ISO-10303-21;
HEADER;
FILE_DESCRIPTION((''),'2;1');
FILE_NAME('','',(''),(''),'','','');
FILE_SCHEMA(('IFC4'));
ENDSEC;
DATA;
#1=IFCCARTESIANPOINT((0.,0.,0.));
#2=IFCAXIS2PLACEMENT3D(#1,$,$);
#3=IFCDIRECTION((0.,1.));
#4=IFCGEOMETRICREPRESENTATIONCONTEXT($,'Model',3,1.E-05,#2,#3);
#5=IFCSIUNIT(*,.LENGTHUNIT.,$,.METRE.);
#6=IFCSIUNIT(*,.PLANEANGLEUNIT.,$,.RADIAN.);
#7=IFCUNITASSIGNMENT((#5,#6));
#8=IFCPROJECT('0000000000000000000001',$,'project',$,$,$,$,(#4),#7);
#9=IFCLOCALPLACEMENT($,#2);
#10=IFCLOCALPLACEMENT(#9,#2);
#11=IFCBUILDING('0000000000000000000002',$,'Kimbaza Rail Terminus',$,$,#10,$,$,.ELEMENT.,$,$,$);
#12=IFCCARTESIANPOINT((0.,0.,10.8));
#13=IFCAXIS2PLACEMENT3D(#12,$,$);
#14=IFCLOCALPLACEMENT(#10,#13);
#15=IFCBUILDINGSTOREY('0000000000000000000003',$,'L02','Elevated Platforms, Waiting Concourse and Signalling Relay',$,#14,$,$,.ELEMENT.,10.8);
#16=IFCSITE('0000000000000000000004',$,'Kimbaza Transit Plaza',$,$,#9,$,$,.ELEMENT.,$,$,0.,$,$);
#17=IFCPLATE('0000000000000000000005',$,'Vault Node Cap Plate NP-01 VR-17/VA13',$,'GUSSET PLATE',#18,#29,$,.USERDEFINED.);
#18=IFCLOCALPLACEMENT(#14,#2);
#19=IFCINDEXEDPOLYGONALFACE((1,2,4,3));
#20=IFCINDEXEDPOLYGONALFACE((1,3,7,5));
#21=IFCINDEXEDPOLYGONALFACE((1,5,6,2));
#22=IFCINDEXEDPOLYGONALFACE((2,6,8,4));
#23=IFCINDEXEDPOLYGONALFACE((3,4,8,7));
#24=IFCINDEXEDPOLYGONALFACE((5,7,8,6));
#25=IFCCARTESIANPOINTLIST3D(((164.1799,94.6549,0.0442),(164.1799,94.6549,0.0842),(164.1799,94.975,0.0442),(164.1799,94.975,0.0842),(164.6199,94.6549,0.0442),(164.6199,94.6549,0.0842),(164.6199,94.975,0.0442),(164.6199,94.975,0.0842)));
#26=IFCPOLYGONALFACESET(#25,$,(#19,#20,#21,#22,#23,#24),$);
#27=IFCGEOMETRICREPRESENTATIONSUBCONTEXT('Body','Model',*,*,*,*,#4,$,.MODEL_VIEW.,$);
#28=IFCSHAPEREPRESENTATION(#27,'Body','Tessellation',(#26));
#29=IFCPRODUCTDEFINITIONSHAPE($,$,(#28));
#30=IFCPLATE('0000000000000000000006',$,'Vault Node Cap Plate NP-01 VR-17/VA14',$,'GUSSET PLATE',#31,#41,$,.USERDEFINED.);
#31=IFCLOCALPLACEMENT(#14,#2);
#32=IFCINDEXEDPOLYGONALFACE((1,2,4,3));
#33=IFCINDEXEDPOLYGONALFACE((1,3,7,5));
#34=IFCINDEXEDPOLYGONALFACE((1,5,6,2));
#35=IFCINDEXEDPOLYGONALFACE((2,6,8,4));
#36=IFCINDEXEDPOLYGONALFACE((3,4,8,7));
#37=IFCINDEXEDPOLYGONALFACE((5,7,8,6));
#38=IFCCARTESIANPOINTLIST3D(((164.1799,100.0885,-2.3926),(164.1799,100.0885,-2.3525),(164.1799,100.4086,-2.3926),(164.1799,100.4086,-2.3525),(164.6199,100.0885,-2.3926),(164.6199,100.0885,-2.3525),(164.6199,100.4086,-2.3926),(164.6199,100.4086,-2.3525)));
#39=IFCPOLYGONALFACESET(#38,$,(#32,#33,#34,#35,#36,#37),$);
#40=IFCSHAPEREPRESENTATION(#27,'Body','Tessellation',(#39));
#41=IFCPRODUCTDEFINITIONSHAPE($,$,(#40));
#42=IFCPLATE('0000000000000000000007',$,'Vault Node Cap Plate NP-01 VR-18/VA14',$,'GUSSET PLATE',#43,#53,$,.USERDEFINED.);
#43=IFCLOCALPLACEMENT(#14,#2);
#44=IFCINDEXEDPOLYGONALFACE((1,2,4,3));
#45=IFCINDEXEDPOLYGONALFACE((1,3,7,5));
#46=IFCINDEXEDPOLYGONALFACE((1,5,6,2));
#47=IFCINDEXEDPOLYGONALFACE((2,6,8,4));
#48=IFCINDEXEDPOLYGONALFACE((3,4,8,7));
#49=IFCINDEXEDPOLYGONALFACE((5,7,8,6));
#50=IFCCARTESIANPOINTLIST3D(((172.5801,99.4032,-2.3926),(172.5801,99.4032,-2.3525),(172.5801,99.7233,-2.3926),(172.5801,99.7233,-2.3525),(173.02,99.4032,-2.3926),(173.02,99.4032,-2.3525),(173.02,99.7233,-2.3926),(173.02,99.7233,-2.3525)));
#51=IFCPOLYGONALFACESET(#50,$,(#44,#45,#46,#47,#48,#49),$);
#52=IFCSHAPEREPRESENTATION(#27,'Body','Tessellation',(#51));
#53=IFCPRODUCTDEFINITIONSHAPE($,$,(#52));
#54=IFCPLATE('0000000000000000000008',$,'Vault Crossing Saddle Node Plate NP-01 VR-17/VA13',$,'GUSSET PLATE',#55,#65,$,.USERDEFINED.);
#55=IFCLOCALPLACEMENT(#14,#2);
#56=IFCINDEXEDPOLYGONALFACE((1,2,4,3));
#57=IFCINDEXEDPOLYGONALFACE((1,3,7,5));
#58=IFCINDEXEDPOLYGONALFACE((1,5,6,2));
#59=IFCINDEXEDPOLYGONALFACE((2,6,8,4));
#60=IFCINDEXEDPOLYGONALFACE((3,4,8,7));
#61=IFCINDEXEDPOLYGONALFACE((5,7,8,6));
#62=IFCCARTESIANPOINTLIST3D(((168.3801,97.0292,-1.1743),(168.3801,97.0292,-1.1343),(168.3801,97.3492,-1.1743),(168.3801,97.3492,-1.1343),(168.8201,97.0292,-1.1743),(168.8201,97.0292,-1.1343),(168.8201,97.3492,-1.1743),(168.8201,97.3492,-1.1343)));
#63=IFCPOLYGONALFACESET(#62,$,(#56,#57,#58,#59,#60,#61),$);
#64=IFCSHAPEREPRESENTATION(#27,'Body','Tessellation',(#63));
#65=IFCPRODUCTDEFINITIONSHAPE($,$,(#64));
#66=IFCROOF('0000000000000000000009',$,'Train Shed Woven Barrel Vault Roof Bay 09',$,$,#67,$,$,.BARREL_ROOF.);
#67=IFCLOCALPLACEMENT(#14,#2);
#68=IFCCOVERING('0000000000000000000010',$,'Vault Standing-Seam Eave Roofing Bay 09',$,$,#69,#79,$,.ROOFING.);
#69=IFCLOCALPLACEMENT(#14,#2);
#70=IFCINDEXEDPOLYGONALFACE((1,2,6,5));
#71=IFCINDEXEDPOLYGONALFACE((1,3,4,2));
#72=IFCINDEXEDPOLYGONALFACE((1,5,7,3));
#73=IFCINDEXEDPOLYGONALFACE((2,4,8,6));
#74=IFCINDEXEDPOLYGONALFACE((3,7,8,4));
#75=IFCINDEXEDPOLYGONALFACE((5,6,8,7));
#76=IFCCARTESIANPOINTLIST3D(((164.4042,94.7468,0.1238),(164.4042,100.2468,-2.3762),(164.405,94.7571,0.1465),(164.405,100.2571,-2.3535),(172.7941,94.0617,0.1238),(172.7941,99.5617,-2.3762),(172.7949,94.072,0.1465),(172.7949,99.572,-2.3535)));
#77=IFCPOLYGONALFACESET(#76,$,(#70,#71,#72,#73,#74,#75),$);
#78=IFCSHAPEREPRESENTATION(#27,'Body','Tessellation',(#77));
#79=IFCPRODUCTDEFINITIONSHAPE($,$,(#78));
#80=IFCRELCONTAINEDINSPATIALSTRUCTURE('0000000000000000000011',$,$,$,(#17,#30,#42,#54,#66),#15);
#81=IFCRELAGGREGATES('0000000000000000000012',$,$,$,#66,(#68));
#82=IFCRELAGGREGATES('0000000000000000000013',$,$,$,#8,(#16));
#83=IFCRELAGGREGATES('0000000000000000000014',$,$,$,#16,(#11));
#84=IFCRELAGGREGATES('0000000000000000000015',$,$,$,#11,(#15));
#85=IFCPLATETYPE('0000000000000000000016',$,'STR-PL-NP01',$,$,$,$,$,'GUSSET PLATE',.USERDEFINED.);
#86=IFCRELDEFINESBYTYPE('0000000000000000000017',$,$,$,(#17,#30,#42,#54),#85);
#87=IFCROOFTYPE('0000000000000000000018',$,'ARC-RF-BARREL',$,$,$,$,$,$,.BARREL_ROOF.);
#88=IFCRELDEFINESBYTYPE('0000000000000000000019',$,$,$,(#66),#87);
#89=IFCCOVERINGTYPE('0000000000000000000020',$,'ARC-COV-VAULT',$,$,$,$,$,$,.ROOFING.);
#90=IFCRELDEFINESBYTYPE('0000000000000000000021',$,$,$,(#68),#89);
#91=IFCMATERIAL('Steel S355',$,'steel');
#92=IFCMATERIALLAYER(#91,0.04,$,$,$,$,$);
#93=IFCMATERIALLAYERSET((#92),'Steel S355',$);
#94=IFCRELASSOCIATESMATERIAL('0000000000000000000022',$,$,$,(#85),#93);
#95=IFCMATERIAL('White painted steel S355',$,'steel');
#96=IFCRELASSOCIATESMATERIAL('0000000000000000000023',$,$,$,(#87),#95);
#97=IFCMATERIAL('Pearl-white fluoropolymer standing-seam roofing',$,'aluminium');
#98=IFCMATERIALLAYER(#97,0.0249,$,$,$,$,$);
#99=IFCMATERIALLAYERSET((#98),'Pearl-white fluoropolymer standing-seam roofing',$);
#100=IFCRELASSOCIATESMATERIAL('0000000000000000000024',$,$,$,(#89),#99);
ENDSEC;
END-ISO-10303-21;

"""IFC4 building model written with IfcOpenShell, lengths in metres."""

from ifc_helpers import new_model, si_unit, direction, frame, origin, origin_2d, place, context, subcontext, project, spatial, polyline, rectangle, outline, extrude, material, layer, layer_set, type_object, element, aggregate, save


model = new_model("IFC4")

# Units and contexts
model_context = context("Model", 3, precision=1e-05, world=origin(), true_north=direction((0.0, 1.0)))
body_context = subcontext(model_context, "Body", "Model", "MODEL_VIEW")
ifc_project = project(units=[si_unit("LENGTHUNIT", "METRE"), si_unit("PLANEANGLEUNIT", "RADIAN")], contexts=[model_context])

# Site, building, storey
site_placement = place(None, origin())
site = spatial("IfcSite", under=ifc_project, at=site_placement, Name="Kimbaza Transit Plaza", CompositionType="ELEMENT", RefElevation=0.0)
building_placement = place(site_placement, origin())
building = spatial("IfcBuilding", under=site, at=building_placement, Name="Kimbaza Rail Terminus", CompositionType="ELEMENT")
storey_placement = place(building_placement, frame((0.0, 0.0, 10.8)))
storey = spatial("IfcBuildingStorey", under=building, at=storey_placement, Name="L02", Description="Elevated Platforms, Waiting Concourse and Signalling Relay", CompositionType="ELEMENT", Elevation=10.8)

# Plates
ifc_material_1 = material(Name="Steel S355", Category="steel")
ifc_layer_1 = layer(ifc_material_1, 0.04)
ifc_layer_set_1 = layer_set([ifc_layer_1], Name="Steel S355")
plate_type_1 = type_object("IfcPlateType", Name="STR-PL-NP01", ElementType="GUSSET PLATE", PredefinedType="USERDEFINED", material=ifc_layer_set_1)
for number, where, z_axis, x_axis, name in (
    (1, (164.3999, 94.8149, 0.0442), (0.0, 0.0, 1.0), (1.0, 0.0, 0.0), "Vault Node Cap Plate NP-01 VR-17/VA13"),
    (2, (164.3999, 100.2485, -2.3926), (0.0, 0.0, 1.0), (1.0, 0.0, 0.0), "Vault Node Cap Plate NP-01 VR-17/VA14"),
    (3, (172.8, 99.5632, -2.3926), (0.0, 0.0, 1.0), (1.0, 0.0, 0.0), "Vault Node Cap Plate NP-01 VR-18/VA14"),
    (4, (168.6001, 97.1892, -1.1743), (0.0, 0.0, 1.0), (1.0, 0.0, 0.0), "Vault Crossing Saddle Node Plate NP-01 VR-17/VA13"),
):
    element("IfcPlate", number, at=place(storey_placement, frame(where, z_axis=z_axis, x_axis=x_axis)), inside=storey, type_object=plate_type_1, Name=name, ObjectType="GUSSET PLATE", PredefinedType="USERDEFINED", context=body_context, shape_type="SweptSolid", body=[
        extrude(rectangle(XDim=0.4399, YDim=0.3201, at=origin_2d()), origin(), (0.0, 0.0, 1.0), 0.04),
    ])

# Roof, covering
ifc_material_2 = material(Name="White painted steel S355", Category="steel")
roof_type = type_object("IfcRoofType", Name="ARC-RF-BARREL", PredefinedType="BARREL_ROOF", material=ifc_material_2)
roof_placement = place(storey_placement, origin())
roof = element("IfcRoof", 5, at=roof_placement, inside=storey, type_object=roof_type, Name="Train Shed Woven Barrel Vault Roof Bay 09", PredefinedType="BARREL_ROOF")
ifc_material_3 = material(Name="Pearl-white fluoropolymer standing-seam roofing", Category="aluminium")
ifc_layer_2 = layer(ifc_material_3, 0.0249)
ifc_layer_set_2 = layer_set([ifc_layer_2], Name="Pearl-white fluoropolymer standing-seam roofing")
covering_type = type_object("IfcCoveringType", Name="ARC-COV-VAULT", PredefinedType="ROOFING", material=ifc_layer_set_2)
covering_placement = place(storey_placement, frame((164.405, 94.7571, 0.1465), z_axis=(0.033769, 0.413567, 0.909847), x_axis=(0.996683, -0.081382, 0.0)))
covering = element("IfcCovering", 6, at=covering_placement, type_object=covering_type, Name="Vault Standing-Seam Eave Roofing Bay 09", PredefinedType="ROOFING", context=body_context, shape_type="SweptSolid", body=[
    extrude(outline(polyline([(0.0, 0.0), (8.4178, 0.0), (7.9702, 6.0249), (-0.4476, 6.0249), (0.0, 0.0)])), origin(), (0.0, 0.0, -1.0), 0.0249),
])
aggregate(roof, [covering])

save(model, "model.ifc")
